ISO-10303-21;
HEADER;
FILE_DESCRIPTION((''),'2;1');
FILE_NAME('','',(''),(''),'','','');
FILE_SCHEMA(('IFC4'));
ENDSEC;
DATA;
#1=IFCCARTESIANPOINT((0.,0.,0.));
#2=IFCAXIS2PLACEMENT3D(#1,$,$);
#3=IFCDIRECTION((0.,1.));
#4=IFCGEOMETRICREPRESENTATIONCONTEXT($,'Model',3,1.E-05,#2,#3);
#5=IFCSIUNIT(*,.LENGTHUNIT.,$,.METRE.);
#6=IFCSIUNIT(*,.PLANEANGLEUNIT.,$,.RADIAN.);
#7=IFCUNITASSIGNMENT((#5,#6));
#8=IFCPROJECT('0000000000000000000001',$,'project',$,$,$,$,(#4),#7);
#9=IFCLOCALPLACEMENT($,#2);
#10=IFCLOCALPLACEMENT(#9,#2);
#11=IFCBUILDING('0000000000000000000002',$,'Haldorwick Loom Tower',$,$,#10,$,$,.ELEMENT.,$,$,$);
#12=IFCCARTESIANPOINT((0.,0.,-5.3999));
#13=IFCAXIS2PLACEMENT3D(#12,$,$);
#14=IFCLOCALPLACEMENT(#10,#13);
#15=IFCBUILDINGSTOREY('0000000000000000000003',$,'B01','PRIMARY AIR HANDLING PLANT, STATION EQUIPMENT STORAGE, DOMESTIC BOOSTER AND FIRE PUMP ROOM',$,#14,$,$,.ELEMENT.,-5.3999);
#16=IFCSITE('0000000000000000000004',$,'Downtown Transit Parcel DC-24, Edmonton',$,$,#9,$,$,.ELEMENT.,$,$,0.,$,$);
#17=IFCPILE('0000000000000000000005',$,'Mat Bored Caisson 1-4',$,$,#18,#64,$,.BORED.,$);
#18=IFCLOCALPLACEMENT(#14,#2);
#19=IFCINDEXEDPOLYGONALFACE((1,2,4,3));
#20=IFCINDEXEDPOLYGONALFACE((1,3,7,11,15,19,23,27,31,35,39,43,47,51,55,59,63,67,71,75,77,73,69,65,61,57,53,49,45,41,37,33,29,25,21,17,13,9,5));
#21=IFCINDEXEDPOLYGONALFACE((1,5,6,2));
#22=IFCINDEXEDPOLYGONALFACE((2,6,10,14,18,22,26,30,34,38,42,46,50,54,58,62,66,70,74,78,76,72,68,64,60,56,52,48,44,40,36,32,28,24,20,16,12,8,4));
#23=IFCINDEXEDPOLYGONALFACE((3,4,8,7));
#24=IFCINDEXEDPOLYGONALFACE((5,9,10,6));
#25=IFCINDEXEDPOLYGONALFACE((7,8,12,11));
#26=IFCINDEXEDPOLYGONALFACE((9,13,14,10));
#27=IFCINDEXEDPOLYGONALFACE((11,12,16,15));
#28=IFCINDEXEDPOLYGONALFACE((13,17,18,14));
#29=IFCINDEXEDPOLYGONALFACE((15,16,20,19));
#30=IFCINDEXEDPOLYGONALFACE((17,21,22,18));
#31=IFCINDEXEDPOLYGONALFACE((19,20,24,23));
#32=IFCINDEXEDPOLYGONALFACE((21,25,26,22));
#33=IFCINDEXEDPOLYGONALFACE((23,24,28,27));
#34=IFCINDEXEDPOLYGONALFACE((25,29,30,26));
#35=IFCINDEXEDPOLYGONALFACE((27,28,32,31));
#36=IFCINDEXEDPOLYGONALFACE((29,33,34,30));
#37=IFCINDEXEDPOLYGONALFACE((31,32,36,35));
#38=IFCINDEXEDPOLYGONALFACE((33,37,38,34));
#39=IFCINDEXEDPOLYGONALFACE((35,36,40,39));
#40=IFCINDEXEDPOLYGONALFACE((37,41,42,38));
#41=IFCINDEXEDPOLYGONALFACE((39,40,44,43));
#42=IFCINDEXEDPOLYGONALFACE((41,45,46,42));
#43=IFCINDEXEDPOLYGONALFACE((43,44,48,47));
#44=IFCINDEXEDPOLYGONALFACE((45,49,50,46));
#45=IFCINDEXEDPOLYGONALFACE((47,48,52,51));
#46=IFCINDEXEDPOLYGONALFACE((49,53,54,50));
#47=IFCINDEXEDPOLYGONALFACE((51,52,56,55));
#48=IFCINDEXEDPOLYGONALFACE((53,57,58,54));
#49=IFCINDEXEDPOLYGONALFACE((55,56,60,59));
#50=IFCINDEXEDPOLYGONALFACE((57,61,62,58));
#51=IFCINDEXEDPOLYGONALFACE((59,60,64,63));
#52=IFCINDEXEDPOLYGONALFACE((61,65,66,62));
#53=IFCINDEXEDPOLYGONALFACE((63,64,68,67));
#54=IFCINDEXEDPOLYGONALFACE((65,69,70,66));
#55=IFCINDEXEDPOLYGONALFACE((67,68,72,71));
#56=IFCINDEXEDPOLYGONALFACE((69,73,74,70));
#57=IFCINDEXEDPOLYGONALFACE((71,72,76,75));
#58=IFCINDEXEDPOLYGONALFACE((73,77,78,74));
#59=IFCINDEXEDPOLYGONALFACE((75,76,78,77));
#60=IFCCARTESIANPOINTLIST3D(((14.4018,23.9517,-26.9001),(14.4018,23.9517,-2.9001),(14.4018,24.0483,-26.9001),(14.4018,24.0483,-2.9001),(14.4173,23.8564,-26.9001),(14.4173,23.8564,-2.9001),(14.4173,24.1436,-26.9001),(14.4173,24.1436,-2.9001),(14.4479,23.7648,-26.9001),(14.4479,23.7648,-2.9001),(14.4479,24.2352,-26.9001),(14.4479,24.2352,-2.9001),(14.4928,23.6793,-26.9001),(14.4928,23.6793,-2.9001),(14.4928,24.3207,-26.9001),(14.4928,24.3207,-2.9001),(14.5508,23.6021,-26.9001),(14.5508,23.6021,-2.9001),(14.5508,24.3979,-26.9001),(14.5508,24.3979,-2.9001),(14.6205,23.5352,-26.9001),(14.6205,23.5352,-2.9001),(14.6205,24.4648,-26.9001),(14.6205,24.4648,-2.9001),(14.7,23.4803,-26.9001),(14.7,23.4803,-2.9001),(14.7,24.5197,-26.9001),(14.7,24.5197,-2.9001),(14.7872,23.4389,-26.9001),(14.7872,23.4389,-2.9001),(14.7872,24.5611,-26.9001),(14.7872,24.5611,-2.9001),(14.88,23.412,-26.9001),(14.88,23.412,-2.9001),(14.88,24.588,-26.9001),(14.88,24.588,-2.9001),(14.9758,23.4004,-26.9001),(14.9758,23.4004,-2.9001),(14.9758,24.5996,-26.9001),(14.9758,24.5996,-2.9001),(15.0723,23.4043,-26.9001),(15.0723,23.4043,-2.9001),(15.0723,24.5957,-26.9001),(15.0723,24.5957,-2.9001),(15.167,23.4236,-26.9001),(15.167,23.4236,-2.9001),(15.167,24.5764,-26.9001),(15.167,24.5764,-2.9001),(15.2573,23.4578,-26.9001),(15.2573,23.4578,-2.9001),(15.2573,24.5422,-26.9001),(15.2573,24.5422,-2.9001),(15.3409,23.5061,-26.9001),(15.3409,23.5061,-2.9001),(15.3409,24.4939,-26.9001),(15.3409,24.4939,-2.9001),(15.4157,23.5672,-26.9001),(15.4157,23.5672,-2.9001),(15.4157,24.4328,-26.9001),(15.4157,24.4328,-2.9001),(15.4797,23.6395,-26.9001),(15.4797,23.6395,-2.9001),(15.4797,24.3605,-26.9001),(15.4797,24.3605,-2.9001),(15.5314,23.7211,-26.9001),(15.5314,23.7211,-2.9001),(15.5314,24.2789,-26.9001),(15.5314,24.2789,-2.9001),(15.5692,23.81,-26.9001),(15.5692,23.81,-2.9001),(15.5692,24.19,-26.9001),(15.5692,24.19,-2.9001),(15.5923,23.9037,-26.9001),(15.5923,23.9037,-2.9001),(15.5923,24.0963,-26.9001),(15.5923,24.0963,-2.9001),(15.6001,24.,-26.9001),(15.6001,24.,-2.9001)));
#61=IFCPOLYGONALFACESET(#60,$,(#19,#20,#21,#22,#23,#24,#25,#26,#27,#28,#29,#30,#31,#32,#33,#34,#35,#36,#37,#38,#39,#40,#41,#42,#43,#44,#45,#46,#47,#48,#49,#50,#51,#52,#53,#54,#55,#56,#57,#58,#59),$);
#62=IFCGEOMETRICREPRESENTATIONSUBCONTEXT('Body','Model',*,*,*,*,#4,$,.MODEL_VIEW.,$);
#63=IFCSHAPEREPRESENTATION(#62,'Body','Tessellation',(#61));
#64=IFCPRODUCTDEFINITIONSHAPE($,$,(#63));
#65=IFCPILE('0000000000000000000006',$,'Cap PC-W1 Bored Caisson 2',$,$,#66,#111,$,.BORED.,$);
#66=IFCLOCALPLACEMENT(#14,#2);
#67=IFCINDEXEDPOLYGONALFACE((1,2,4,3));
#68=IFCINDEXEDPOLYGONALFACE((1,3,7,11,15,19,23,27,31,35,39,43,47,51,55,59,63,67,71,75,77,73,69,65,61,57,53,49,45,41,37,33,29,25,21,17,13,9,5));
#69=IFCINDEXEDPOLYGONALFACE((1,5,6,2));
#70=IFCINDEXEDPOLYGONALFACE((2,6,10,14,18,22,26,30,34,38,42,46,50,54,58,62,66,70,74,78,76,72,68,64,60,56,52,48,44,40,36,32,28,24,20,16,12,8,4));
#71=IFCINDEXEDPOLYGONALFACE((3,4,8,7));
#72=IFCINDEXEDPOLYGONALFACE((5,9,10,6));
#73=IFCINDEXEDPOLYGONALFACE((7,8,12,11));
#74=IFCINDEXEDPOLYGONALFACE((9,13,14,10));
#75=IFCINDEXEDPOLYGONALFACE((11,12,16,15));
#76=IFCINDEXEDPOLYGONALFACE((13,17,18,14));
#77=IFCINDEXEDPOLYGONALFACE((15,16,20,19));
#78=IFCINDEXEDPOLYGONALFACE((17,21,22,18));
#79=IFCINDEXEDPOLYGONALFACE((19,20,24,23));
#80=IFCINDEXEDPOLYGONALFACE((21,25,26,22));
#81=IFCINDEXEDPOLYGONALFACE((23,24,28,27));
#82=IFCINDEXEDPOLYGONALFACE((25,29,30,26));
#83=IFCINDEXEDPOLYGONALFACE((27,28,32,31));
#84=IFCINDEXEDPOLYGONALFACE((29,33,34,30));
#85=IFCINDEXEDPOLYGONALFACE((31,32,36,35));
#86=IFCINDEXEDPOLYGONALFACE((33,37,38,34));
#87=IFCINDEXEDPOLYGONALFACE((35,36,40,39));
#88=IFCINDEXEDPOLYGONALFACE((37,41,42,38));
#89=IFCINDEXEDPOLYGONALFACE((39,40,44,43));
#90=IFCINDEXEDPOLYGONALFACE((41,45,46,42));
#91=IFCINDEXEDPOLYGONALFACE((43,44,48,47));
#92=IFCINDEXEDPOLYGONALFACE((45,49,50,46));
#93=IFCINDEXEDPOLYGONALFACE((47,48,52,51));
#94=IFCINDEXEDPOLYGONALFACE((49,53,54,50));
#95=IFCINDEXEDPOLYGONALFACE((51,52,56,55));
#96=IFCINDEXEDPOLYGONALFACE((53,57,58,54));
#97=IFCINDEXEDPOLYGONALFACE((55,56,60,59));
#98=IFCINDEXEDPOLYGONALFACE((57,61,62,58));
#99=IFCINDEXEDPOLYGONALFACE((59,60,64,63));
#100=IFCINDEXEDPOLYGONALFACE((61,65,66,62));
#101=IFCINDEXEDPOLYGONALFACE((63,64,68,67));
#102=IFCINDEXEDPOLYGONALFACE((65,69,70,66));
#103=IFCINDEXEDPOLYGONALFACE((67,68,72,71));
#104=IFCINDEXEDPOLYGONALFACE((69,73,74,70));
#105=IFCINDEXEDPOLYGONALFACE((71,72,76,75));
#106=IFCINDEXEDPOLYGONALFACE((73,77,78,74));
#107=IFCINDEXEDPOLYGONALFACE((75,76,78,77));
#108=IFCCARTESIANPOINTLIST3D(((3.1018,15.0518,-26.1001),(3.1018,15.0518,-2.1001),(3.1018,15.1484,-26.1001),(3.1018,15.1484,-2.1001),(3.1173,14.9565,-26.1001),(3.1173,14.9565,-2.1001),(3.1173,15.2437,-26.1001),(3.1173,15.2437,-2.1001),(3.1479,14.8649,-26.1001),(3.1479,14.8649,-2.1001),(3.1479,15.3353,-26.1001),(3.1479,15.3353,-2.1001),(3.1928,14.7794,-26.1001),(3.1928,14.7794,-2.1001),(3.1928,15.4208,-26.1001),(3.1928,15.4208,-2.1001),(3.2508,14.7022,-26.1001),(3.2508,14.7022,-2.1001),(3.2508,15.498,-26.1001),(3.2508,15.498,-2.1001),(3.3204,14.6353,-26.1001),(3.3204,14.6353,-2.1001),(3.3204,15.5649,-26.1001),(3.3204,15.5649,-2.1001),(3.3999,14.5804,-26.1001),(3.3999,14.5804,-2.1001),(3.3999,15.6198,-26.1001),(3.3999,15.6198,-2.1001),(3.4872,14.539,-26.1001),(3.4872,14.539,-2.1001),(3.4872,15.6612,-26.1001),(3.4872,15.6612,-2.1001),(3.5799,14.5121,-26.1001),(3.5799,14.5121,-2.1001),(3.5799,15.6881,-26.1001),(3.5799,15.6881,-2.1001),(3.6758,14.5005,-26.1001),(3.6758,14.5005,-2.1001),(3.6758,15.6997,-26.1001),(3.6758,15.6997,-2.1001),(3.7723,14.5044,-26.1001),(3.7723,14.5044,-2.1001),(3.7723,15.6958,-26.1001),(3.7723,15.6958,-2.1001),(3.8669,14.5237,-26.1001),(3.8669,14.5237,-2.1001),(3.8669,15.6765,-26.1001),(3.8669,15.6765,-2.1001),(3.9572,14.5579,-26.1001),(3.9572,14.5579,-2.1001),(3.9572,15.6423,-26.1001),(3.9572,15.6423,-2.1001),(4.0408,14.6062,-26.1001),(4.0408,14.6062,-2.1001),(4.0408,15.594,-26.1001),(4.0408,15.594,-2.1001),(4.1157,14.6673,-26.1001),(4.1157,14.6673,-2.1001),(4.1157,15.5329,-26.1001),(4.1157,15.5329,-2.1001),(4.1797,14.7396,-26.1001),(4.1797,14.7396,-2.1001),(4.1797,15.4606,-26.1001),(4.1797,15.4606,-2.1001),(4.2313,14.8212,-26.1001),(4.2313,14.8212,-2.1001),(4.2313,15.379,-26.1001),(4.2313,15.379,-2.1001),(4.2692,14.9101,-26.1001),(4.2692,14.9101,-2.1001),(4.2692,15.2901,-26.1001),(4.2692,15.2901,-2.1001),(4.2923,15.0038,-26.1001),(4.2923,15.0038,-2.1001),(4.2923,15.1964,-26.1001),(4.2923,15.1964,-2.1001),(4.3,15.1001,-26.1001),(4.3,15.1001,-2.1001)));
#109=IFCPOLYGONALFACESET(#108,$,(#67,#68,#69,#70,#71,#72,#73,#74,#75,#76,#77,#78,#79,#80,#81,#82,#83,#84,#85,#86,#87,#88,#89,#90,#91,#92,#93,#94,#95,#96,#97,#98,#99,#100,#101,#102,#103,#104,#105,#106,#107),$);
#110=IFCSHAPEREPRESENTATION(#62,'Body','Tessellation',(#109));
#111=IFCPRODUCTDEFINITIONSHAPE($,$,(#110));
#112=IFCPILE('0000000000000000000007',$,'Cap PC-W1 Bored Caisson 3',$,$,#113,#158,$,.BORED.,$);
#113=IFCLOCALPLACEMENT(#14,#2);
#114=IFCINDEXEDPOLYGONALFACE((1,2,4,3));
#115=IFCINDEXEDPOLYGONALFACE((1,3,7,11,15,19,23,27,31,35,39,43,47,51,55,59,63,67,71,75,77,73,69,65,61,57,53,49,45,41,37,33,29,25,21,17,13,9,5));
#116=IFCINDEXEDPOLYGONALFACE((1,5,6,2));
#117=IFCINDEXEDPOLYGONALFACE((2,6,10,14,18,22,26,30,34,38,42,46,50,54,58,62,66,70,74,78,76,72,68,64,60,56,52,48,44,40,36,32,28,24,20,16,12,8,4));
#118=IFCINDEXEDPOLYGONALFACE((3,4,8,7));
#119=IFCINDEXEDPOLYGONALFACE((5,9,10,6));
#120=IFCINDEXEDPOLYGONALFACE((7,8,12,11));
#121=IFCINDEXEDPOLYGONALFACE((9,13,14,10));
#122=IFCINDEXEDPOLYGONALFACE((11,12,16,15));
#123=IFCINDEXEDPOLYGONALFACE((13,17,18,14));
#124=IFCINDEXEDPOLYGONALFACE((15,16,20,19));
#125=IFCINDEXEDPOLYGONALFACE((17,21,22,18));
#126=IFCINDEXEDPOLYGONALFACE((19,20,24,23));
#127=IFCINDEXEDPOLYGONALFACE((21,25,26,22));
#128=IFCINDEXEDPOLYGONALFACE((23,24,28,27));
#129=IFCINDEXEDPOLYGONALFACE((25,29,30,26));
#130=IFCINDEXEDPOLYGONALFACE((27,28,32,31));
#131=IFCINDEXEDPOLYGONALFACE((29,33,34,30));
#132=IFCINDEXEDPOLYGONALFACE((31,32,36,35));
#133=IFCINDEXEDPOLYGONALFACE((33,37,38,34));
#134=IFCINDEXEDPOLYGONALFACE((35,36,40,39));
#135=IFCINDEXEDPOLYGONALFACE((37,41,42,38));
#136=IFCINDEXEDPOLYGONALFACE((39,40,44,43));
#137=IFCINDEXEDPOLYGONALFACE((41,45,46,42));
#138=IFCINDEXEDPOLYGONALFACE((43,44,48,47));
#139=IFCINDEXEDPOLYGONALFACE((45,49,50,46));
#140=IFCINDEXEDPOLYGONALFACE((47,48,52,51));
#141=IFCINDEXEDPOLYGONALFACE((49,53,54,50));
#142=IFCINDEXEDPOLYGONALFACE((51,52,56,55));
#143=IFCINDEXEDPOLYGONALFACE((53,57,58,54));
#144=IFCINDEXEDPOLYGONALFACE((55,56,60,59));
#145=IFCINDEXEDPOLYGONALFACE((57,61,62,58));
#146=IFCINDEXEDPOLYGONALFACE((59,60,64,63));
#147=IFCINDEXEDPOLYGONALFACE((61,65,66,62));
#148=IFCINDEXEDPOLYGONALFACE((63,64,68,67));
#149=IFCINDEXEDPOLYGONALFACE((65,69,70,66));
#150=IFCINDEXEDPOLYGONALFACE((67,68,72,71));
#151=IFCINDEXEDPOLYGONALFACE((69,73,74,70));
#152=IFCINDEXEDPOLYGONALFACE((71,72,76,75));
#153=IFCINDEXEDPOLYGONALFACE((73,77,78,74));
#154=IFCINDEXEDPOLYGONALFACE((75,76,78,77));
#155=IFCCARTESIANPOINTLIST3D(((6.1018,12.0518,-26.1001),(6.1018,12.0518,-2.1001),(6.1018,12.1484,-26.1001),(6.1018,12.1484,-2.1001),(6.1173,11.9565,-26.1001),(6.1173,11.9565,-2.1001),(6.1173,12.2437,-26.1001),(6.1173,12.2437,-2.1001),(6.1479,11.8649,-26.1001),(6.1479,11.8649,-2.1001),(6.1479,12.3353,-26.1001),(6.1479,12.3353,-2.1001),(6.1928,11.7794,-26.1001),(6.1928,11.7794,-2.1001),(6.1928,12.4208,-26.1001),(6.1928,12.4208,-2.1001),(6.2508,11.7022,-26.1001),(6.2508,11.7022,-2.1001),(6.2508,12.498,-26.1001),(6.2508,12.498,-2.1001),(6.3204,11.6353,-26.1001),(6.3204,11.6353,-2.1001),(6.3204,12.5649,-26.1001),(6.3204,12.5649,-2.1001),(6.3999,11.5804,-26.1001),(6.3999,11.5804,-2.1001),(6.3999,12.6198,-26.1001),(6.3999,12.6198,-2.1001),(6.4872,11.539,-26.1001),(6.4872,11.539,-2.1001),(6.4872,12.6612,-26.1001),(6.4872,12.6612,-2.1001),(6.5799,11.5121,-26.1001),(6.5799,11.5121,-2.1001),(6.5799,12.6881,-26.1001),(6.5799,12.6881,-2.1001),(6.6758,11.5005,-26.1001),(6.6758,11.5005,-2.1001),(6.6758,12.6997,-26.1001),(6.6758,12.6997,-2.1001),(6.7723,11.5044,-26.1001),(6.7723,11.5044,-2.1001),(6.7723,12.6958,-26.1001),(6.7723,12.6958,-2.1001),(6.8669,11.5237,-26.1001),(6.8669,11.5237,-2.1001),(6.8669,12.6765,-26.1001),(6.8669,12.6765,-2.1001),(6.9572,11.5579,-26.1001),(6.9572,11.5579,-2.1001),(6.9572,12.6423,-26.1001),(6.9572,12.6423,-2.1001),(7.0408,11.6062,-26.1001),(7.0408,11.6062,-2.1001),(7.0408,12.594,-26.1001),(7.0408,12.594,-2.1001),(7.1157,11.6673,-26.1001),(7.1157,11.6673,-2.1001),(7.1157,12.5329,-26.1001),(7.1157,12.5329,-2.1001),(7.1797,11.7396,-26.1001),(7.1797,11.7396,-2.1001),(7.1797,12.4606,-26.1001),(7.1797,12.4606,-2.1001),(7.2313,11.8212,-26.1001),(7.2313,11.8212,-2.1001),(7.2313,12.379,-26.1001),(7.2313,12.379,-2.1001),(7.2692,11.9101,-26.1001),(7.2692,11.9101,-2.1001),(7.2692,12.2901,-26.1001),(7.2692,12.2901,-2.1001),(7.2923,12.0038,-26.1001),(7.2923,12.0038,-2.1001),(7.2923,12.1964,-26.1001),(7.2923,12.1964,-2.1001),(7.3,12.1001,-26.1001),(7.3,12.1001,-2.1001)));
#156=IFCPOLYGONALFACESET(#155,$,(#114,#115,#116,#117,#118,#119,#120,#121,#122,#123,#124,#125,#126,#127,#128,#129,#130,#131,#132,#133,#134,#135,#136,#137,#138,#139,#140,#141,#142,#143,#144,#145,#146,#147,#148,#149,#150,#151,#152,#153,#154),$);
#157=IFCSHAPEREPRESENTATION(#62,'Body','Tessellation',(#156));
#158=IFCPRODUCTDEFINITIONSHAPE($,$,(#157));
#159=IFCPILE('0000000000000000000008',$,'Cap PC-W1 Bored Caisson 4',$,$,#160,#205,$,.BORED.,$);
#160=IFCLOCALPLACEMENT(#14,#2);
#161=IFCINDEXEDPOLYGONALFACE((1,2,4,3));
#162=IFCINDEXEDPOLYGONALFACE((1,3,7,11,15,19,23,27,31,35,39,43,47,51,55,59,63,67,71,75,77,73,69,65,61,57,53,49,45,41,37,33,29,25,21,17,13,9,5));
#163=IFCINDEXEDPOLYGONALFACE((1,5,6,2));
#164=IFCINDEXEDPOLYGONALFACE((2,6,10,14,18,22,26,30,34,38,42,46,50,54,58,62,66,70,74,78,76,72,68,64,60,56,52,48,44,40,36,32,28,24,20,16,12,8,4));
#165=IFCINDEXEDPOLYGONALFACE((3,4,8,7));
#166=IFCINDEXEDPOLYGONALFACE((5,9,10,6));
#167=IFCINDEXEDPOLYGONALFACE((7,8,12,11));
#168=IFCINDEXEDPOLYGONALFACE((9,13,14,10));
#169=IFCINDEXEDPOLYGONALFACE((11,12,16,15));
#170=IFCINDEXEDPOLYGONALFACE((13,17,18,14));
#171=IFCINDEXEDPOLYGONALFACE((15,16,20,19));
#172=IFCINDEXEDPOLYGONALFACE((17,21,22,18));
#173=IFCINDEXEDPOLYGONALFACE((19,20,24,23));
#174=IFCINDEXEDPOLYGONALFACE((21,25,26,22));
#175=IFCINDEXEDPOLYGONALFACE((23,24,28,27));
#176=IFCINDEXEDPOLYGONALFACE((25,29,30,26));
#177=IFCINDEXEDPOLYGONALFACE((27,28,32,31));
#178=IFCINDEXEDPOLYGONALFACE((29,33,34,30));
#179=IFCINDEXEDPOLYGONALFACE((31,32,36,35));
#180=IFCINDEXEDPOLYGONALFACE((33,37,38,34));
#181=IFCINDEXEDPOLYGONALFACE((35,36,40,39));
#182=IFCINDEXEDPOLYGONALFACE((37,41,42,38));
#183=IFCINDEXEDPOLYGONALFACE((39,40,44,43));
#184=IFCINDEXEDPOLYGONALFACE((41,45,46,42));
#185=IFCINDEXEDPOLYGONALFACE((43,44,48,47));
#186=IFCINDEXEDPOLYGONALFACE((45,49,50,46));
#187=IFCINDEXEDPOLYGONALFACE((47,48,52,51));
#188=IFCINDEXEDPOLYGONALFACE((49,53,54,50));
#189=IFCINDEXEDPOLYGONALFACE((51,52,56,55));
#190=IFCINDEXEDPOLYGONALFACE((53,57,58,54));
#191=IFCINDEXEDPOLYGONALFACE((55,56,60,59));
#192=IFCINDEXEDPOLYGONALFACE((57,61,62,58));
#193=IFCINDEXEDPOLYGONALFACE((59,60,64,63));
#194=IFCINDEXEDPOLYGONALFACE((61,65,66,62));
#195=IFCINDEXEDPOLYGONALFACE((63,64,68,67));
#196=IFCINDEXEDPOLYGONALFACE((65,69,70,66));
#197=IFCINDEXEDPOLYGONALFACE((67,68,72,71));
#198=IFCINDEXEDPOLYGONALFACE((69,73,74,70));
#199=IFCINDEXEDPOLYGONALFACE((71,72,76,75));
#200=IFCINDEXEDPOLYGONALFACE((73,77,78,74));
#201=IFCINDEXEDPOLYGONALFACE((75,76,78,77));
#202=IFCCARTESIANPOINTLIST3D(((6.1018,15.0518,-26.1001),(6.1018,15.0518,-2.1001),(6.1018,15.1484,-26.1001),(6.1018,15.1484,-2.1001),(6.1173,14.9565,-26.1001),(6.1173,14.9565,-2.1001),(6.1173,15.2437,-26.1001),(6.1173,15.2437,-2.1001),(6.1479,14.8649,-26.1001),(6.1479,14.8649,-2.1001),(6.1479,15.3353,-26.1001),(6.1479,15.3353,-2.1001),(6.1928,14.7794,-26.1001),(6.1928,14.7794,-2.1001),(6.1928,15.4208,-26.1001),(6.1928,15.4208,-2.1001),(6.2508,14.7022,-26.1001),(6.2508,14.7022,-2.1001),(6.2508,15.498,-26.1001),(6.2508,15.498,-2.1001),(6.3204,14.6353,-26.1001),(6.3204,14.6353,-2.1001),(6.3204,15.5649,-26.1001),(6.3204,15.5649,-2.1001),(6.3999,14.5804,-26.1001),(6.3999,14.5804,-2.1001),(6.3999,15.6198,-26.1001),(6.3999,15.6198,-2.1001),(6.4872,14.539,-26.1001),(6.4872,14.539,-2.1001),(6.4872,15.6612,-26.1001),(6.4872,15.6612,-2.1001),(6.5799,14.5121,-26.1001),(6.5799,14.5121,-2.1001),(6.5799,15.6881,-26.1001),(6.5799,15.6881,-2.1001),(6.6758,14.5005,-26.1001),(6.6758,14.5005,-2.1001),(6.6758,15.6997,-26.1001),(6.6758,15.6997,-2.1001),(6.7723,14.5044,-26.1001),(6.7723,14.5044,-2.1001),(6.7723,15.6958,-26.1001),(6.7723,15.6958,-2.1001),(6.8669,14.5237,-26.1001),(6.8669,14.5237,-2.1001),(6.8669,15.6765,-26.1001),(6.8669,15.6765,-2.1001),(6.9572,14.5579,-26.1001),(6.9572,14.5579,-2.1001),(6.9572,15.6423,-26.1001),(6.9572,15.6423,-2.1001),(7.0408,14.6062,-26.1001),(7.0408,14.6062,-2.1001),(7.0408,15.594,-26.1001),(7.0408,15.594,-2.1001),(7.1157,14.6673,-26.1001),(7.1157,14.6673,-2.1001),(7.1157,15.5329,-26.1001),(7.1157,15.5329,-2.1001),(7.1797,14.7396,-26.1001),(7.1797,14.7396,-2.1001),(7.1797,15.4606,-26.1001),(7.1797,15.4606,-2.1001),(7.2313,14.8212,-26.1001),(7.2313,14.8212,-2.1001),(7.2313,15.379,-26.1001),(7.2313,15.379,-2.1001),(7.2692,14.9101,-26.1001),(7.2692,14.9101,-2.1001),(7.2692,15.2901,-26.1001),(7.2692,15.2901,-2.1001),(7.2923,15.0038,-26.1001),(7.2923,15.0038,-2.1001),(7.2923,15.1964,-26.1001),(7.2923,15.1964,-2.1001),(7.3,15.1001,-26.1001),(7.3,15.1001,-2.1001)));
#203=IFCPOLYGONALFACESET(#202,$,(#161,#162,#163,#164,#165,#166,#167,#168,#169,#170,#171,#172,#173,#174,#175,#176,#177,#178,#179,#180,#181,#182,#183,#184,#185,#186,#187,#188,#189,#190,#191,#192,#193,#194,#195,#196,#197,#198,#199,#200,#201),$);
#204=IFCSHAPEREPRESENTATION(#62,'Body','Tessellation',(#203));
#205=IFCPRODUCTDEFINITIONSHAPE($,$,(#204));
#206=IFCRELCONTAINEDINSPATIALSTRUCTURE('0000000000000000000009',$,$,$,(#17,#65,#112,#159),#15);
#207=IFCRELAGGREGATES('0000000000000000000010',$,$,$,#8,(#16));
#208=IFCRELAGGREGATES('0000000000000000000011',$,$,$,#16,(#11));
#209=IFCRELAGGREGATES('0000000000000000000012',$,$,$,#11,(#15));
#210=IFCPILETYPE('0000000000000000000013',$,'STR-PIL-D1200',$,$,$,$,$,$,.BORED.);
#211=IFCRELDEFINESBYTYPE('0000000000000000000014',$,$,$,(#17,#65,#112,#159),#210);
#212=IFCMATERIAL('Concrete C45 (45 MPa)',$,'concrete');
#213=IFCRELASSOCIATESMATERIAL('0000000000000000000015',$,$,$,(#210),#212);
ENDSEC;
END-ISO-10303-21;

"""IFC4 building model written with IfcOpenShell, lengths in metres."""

from ifc_helpers import new_model, si_unit, direction, frame, origin, origin_2d, place, context, subcontext, project, spatial, circle, extrude, material, material_profile, profile_set, type_object, element, save


model = new_model("IFC4")

# Units and contexts
model_context = context("Model", 3, precision=1e-05, world=origin(), true_north=direction((0.0, 1.0)))
body_context = subcontext(model_context, "Body", "Model", "MODEL_VIEW")
ifc_project = project(units=[si_unit("LENGTHUNIT", "METRE"), si_unit("PLANEANGLEUNIT", "RADIAN")], contexts=[model_context])

# Site, building, storey
site_placement = place(None, origin())
site = spatial("IfcSite", under=ifc_project, at=site_placement, Name="Downtown Transit Parcel DC-24, Edmonton", CompositionType="ELEMENT", RefElevation=0.0)
building_placement = place(site_placement, origin())
building = spatial("IfcBuilding", under=site, at=building_placement, Name="Haldorwick Loom Tower", CompositionType="ELEMENT")
storey_placement = place(building_placement, frame((0.0, 0.0, -5.3999)))
storey = spatial("IfcBuildingStorey", under=building, at=storey_placement, Name="B01", Description="PRIMARY AIR HANDLING PLANT, STATION EQUIPMENT STORAGE, DOMESTIC BOOSTER AND FIRE PUMP ROOM", CompositionType="ELEMENT", Elevation=-5.3999)

# Shared definitions
ifc_material_1 = material(Name="Concrete C45 (45 MPa)", Category="concrete")

# Piles
ifc_material_profile_1 = material_profile(ifc_material_1, circle(Radius=0.6001, at=origin_2d()), Name="CAISSON_D1200", Category="concrete")
ifc_profile_set_1 = profile_set([ifc_material_profile_1], Name="Concrete C45 (45 MPa)")
pile_type = type_object("IfcPileType", Name="STR-PIL-D1200", PredefinedType="BORED", material=ifc_profile_set_1)
for number, where, z_axis, x_axis, name in (
    (1, (15.0, 24.0, -2.9001), (0.0, 0.0, -1.0), (1.0, 0.0, 0.0), "Mat Bored Caisson 1-4"),
    (2, (3.7, 15.1001, -2.1001), (0.0, 0.0, -1.0), (1.0, 0.0, 0.0), "Cap PC-W1 Bored Caisson 2"),
    (3, (6.7, 12.1001, -2.1001), (0.0, 0.0, -1.0), (1.0, 0.0, 0.0), "Cap PC-W1 Bored Caisson 3"),
    (4, (6.7, 15.1001, -2.1001), (0.0, 0.0, -1.0), (1.0, 0.0, 0.0), "Cap PC-W1 Bored Caisson 4"),
):
    element("IfcPile", number, at=place(storey_placement, frame(where, z_axis=z_axis, x_axis=x_axis)), inside=storey, type_object=pile_type, Name=name, PredefinedType="BORED", context=body_context, shape_type="SweptSolid", body=[
        extrude(circle(Radius=0.6001, at=origin_2d()), origin(), (0.0, 0.0, 1.0), 24.0),
    ])

save(model, "model.ifc")
